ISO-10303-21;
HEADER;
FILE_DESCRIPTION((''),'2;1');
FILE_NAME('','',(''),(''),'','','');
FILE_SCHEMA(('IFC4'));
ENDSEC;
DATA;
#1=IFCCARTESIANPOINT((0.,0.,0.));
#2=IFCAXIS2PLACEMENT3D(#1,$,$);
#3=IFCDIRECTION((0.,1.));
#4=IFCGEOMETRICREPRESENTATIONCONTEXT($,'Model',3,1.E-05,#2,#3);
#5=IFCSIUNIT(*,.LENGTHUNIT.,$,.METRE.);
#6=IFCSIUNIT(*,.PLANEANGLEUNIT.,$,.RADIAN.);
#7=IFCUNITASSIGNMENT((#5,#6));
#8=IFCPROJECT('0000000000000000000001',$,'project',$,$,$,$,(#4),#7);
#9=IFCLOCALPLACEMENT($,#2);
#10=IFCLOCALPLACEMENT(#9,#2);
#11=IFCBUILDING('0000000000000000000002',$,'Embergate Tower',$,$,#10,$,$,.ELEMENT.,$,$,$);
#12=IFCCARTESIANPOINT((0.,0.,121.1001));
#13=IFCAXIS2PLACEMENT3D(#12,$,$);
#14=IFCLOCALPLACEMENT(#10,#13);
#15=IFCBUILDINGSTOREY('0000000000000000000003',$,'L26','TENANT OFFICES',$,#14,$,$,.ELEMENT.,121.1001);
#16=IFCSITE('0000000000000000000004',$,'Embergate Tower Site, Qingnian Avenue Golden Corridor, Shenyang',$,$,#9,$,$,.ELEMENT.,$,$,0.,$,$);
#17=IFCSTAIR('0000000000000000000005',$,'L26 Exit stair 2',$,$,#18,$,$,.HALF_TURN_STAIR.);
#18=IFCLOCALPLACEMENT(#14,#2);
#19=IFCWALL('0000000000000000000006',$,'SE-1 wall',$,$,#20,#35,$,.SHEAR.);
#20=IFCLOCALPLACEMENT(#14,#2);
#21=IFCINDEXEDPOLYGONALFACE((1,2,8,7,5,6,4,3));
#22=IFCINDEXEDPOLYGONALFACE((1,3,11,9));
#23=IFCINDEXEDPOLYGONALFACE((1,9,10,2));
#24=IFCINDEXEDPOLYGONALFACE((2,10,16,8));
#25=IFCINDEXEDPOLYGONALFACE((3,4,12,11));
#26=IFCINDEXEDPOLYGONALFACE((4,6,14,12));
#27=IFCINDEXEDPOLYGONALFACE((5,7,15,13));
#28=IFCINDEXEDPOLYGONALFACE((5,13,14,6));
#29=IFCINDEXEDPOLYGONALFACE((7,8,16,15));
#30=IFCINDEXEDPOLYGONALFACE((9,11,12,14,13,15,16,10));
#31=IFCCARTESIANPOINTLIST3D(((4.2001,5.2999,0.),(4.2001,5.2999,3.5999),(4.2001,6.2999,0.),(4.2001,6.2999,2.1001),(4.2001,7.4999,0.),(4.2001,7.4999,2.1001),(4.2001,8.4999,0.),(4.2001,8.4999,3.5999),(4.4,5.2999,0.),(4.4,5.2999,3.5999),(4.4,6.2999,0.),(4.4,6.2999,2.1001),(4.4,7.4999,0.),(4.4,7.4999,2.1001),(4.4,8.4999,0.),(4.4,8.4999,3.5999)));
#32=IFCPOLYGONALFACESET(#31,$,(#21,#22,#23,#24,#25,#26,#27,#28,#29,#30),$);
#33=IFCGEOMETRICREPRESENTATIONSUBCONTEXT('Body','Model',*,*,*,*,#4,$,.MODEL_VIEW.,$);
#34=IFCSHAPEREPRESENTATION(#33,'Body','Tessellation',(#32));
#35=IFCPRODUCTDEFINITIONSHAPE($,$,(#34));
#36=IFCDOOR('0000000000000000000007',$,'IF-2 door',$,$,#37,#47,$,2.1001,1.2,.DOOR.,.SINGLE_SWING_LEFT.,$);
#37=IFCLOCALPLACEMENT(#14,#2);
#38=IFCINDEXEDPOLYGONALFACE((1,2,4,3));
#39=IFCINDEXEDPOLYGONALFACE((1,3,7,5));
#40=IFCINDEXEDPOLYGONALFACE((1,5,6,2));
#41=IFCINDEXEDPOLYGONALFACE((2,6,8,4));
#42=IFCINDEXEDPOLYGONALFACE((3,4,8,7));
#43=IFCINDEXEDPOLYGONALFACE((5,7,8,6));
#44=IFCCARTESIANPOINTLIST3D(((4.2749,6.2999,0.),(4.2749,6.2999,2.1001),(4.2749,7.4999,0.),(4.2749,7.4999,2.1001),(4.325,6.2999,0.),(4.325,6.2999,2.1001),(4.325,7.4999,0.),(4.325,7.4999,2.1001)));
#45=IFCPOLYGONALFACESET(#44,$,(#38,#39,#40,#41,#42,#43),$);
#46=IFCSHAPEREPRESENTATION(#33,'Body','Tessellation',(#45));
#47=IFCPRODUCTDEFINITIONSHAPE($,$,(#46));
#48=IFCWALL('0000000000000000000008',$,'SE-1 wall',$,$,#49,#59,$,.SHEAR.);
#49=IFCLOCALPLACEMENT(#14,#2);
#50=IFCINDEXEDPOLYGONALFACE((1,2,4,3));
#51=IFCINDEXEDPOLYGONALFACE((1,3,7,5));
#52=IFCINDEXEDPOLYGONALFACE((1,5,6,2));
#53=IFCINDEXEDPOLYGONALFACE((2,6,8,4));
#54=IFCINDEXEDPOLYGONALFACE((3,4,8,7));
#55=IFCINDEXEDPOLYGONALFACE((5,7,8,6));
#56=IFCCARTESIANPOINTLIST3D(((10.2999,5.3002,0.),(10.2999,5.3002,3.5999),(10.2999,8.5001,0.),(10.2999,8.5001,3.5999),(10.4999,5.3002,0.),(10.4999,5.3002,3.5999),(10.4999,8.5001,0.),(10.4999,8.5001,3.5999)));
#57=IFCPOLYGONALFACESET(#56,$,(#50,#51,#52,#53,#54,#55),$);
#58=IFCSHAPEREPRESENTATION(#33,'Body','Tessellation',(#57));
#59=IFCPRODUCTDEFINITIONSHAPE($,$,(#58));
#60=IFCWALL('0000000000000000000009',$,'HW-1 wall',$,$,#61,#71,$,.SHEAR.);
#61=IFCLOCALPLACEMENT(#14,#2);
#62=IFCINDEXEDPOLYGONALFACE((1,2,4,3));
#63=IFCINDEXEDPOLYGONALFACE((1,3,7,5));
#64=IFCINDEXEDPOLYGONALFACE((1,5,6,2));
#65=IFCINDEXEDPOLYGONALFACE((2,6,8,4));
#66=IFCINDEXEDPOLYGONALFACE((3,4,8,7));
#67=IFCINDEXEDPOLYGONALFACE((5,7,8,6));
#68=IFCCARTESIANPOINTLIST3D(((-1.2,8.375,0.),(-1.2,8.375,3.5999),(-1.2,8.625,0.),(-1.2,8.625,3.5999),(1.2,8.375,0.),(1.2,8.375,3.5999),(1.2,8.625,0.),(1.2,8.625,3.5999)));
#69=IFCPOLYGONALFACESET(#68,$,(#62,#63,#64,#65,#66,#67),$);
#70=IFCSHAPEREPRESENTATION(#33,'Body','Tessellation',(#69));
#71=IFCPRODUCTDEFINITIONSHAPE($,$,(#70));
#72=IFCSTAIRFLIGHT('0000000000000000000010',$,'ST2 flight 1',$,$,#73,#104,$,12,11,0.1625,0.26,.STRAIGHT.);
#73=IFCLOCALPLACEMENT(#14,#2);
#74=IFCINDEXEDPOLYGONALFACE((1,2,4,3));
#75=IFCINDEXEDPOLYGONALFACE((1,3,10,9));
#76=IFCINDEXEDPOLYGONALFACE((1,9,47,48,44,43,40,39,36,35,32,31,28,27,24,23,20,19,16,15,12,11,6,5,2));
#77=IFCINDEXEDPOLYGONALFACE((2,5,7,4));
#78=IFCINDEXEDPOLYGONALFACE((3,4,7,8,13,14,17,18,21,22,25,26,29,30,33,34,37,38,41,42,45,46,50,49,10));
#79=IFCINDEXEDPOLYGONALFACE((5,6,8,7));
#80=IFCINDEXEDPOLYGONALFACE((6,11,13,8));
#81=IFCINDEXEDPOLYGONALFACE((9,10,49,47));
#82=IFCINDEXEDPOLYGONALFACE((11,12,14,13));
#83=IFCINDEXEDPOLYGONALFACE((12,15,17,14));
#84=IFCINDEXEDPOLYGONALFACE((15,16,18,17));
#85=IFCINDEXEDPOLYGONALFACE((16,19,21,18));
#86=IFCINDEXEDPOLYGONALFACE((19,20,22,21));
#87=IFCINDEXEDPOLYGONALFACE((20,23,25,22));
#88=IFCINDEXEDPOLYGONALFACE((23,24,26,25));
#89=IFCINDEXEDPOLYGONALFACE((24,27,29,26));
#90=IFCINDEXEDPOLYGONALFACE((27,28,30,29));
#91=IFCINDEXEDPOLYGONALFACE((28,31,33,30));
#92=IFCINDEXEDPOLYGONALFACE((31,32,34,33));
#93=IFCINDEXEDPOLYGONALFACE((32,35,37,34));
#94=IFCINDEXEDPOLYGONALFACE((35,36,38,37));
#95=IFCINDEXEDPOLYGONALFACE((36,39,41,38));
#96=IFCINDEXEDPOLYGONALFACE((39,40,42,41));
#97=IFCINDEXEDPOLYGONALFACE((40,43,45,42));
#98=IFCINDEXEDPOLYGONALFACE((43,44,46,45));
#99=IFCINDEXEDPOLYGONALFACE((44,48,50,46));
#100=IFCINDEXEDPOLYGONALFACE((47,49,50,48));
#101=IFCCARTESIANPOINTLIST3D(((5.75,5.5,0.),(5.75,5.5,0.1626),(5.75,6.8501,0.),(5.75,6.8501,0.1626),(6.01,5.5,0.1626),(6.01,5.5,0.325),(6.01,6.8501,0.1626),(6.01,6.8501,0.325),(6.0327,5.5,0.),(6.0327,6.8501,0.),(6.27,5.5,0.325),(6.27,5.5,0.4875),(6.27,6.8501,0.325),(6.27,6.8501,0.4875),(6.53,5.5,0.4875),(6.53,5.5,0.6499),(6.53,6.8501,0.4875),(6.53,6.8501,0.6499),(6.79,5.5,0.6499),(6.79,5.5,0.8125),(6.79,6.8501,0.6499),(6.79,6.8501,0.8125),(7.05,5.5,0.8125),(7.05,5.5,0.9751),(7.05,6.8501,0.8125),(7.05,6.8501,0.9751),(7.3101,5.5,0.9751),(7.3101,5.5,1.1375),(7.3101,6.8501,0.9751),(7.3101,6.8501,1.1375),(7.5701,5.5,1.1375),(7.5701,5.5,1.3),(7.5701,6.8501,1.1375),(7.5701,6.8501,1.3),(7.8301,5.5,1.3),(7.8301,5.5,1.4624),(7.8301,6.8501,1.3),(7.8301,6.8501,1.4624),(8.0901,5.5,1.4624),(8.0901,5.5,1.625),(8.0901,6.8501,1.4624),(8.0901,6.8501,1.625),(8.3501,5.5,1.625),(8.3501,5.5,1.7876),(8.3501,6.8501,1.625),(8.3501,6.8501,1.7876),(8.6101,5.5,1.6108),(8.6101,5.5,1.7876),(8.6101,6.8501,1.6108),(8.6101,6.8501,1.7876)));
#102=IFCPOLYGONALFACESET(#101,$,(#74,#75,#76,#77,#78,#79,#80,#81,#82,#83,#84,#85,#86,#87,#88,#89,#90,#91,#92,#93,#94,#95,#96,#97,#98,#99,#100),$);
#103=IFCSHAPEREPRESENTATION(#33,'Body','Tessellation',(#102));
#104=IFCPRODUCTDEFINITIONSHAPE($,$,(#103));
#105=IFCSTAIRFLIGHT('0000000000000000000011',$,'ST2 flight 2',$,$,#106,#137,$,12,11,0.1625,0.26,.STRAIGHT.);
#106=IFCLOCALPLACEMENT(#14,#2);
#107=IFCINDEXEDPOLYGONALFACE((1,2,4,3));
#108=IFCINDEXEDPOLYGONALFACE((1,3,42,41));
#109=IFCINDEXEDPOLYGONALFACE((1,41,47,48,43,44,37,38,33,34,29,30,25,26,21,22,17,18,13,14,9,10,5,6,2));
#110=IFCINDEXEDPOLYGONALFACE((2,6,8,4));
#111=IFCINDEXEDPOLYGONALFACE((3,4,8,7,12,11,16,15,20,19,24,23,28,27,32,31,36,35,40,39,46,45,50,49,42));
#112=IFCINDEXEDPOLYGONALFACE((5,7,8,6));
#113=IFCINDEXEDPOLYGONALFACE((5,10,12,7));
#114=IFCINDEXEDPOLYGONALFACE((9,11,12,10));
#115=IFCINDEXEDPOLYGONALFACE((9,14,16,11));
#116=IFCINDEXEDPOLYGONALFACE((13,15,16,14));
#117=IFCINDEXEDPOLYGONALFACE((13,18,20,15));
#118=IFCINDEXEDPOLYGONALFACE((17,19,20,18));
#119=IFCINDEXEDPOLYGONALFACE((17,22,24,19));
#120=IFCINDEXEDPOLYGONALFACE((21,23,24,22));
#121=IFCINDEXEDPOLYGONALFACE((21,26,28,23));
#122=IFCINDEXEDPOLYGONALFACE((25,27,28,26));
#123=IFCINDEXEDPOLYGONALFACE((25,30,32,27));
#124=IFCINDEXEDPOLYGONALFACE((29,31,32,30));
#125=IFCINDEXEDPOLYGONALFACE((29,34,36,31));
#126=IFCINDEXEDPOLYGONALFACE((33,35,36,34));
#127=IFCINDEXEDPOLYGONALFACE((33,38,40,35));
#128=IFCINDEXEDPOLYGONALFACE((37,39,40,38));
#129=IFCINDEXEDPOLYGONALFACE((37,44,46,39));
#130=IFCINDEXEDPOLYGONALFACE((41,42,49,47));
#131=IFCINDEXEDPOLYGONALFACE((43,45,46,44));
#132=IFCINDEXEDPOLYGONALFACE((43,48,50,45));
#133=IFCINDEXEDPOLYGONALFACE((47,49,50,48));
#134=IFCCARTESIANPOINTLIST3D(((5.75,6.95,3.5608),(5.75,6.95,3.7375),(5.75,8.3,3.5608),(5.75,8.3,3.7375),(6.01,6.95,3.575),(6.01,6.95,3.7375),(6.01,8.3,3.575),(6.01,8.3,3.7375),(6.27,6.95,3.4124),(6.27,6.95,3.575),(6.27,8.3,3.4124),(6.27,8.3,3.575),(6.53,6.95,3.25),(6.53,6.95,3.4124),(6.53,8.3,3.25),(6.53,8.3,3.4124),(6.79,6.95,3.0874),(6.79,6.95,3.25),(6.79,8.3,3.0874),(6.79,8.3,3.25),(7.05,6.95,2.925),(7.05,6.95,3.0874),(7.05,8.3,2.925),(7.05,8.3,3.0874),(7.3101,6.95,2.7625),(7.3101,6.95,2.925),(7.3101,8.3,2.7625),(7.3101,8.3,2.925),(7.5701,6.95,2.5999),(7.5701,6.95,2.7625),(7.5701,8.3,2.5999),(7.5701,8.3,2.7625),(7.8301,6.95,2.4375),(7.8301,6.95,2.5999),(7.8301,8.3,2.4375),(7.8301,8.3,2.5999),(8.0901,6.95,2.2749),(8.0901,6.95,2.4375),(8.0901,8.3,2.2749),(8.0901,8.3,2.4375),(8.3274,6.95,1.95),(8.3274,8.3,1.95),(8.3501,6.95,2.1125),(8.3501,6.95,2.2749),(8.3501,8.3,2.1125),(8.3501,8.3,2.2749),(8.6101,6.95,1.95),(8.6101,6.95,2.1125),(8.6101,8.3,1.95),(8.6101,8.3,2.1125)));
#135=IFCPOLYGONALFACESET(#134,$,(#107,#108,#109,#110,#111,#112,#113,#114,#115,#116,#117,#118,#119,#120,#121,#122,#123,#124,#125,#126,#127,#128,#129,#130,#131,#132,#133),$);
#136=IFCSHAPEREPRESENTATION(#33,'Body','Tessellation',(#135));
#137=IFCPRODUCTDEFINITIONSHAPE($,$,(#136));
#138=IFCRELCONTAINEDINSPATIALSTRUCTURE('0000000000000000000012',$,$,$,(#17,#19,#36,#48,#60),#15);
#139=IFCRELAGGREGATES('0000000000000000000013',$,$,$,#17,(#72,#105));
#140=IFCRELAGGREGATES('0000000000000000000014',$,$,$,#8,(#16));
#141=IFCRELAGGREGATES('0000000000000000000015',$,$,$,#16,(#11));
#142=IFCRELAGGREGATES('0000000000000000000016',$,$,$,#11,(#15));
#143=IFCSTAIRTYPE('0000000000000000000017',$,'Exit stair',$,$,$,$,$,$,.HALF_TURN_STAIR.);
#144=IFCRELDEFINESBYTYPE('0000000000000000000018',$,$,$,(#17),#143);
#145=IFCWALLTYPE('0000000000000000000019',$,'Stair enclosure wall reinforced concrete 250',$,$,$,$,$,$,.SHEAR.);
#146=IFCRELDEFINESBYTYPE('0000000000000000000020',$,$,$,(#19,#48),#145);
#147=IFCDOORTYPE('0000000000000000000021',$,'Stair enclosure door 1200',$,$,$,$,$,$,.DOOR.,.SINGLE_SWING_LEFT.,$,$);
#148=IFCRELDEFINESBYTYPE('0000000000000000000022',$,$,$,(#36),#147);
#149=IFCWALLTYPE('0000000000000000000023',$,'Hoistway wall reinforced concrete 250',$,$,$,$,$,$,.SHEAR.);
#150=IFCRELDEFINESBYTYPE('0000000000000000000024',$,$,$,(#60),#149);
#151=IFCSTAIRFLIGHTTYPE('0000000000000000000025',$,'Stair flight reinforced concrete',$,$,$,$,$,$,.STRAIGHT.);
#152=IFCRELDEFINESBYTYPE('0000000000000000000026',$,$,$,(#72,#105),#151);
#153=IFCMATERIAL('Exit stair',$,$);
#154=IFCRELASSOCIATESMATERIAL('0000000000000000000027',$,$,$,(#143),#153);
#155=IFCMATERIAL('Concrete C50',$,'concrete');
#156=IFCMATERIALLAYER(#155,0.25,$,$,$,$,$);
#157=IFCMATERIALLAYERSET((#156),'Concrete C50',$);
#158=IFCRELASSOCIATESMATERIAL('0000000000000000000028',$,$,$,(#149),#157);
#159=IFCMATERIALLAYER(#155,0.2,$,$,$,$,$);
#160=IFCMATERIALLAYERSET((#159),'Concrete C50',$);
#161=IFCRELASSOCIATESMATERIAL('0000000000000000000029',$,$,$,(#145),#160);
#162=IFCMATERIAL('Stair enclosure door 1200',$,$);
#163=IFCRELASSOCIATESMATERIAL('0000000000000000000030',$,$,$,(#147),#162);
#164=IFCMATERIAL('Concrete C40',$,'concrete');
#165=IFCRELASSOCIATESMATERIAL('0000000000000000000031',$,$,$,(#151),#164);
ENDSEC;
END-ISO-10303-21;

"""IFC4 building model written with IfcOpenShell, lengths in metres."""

from ifc_helpers import new_model, si_unit, direction, frame, frame_2d, origin, place, context, subcontext, project, spatial, polyline, rectangle, outline, extrude, source, transform, mapped, material, layer, layer_set, type_object, element, fill, aggregate, save


model = new_model("IFC4")

# Units and contexts
model_context = context("Model", 3, precision=1e-05, world=origin(), true_north=direction((0.0, 1.0)))
body_context = subcontext(model_context, "Body", "Model", "MODEL_VIEW")
ifc_project = project(units=[si_unit("LENGTHUNIT", "METRE"), si_unit("PLANEANGLEUNIT", "RADIAN")], contexts=[model_context])

# Site, building, storey
site_placement = place(None, origin())
site = spatial("IfcSite", under=ifc_project, at=site_placement, Name="Embergate Tower Site, Qingnian Avenue Golden Corridor, Shenyang", CompositionType="ELEMENT", RefElevation=0.0)
building_placement = place(site_placement, origin())
building = spatial("IfcBuilding", under=site, at=building_placement, Name="Embergate Tower", CompositionType="ELEMENT")
storey_placement = place(building_placement, frame((0.0, 0.0, 121.1001)))
storey = spatial("IfcBuildingStorey", under=building, at=storey_placement, Name="L26", Description="TENANT OFFICES", CompositionType="ELEMENT", Elevation=121.1001)

# Stair
ifc_material_1 = material(Name="Exit stair")
stair_type = type_object("IfcStairType", Name="Exit stair", PredefinedType="HALF_TURN_STAIR", material=ifc_material_1)
stair_placement = place(storey_placement, origin())
stair = element("IfcStair", 1, at=stair_placement, inside=storey, type_object=stair_type, Name="L26 Exit stair 2", PredefinedType="HALF_TURN_STAIR")
ifc_material_2 = material(Name="Concrete C40", Category="concrete")

# Shared definitions
shared_shape_1 = source(origin(), body_context, "Body", "SweptSolid", [
    extrude(rectangle(XDim=1.2, YDim=2.1001, at=frame_2d((0.6001, 1.05))), frame((0.0, 0.0249, 0.0), z_axis=(0.0, -1.0, 0.0), x_axis=(1.0, 0.0, 0.0)), (0.0, 0.0, 1.0), 0.05),
])

# Shared definitions
ifc_material_3 = material(Name="Concrete C50", Category="concrete")
ifc_layer_1 = layer(ifc_material_3, 0.25)
ifc_layer_set_1 = layer_set([ifc_layer_1], Name="Concrete C50")
wall_type_1 = type_object("IfcWallType", Name="Hoistway wall reinforced concrete 250", PredefinedType="SHEAR", material=ifc_layer_set_1)

# Shared definitions
ifc_layer_2 = layer(ifc_material_3, 0.2)
ifc_layer_set_2 = layer_set([ifc_layer_2], Name="Concrete C50")
wall_type_2 = type_object("IfcWallType", Name="Stair enclosure wall reinforced concrete 250", PredefinedType="SHEAR", material=ifc_layer_set_2)

# Wall, opening, door
shared_shape_2 = source(origin(), body_context, "Body", "SweptSolid", [
    extrude(rectangle(XDim=3.2, YDim=0.2, at=frame_2d((1.6001, 0.0))), origin(), (0.0, 0.0, 1.0), 3.5999),
])
wall_1_placement = place(storey_placement, frame((4.3, 8.5, 0.0), z_axis=(0.0, 0.0, 1.0), x_axis=(0.0, -1.0, 0.0)))
wall_1 = element("IfcWall", 2, at=wall_1_placement, inside=storey, type_object=wall_type_2, Name="SE-1 wall", PredefinedType="SHEAR", context=body_context, shape_type="MappedRepresentation", body=[
    mapped(shared_shape_2, transform((0.0, 0.0, 0.0))),
])
shared_shape_3 = source(origin(), body_context, "Body", "SweptSolid", [
    extrude(rectangle(XDim=1.2, YDim=2.1001, at=frame_2d((0.6001, 1.05))), frame((0.0, 0.1099, 0.0), z_axis=(0.0, -1.0, 0.0), x_axis=(1.0, 0.0, 0.0)), (0.0, 0.0, 1.0), 0.22),
])
opening_1_placement = place(wall_1_placement, frame((1.0, 0.0, 0.0)))
opening_1 = element("IfcOpeningElement", 3, at=opening_1_placement, cuts=wall_1, PredefinedType="OPENING", context=body_context, shape_type="MappedRepresentation", body=[
    mapped(shared_shape_3, transform((0.0, 0.0, 0.0))),
])
ifc_material_4 = material(Name="Stair enclosure door 1200")
door_type_1 = type_object("IfcDoorType", Name="Stair enclosure door 1200", OperationType="SINGLE_SWING_LEFT", PredefinedType="DOOR", material=ifc_material_4)
door_1_placement = place(opening_1_placement, origin())
door_1 = element("IfcDoor", 4, at=door_1_placement, inside=storey, type_object=door_type_1, Name="IF-2 door", OperationType="SINGLE_SWING_LEFT", OverallHeight=2.1001, OverallWidth=1.2, PredefinedType="DOOR", context=body_context, shape_type="MappedRepresentation", body=[
    mapped(shared_shape_1, transform((0.0, 0.0, 0.0))),
])
fill(opening_1, door_1)

# Walls
wall_2_placement = place(storey_placement, frame((10.3999, 5.3, 0.0), z_axis=(0.0, 0.0, 1.0), x_axis=(0.0, 1.0, 0.0)))
element("IfcWall", 5, at=wall_2_placement, inside=storey, type_object=wall_type_2, Name="SE-1 wall", PredefinedType="SHEAR", context=body_context, shape_type="MappedRepresentation", body=[
    mapped(shared_shape_2, transform((0.0, 0.0, 0.0))),
])
shared_shape_4 = source(origin(), body_context, "Body", "SweptSolid", [
    extrude(rectangle(XDim=2.3999, YDim=0.25, at=frame_2d((1.2, 0.0))), origin(), (0.0, 0.0, 1.0), 3.5999),
])
wall_3_placement = place(storey_placement, frame((1.2, 8.5, 0.0), z_axis=(0.0, 0.0, 1.0), x_axis=(-1.0, 0.0, 0.0)))
element("IfcWall", 6, at=wall_3_placement, inside=storey, type_object=wall_type_1, Name="HW-1 wall", PredefinedType="SHEAR", context=body_context, shape_type="MappedRepresentation", body=[
    mapped(shared_shape_4, transform((0.0, 0.0, 0.0))),
])

# Stair flights
stair_flight_type = type_object("IfcStairFlightType", Name="Stair flight reinforced concrete", PredefinedType="STRAIGHT", material=ifc_material_2)
shared_shape_5 = source(origin(), body_context, "Body", "SweptSolid", [
    extrude(outline(polyline([(0.0, 0.0), (0.0, 0.1626), (0.26, 0.1626), (0.26, 0.325), (0.52, 0.325), (0.52, 0.4875), (0.78, 0.4875), (0.78, 0.6499), (1.04, 0.6499), (1.04, 0.8125), (1.3, 0.8125), (1.3, 0.9751), (1.5601, 0.9751), (1.5601, 1.1375), (1.8201, 1.1375), (1.8201, 1.3), (2.0801, 1.3), (2.0801, 1.4624), (2.3401, 1.4624), (2.3401, 1.625), (2.6001, 1.625), (2.6001, 1.7876), (2.8601, 1.7876), (2.8601, 1.95), (2.8601, 1.6108), (0.2827, 0.0), (0.0, 0.0)])), frame((0.0, 0.675, 0.0), z_axis=(0.0, -1.0, 0.0), x_axis=(1.0, 0.0, 0.0)), (0.0, 0.0, 1.0), 1.3501),
])
stair_flight_1_placement = place(storey_placement, frame((5.75, 6.175, 0.0), z_axis=(0.0, 0.0, 1.0), x_axis=(1.0, 0.0, 0.0)))
stair_flight_1 = element("IfcStairFlight", 7, at=stair_flight_1_placement, type_object=stair_flight_type, Name="ST2 flight 1", NumberOfRisers=12, NumberOfTreads=11, PredefinedType="STRAIGHT", RiserHeight=0.1625, TreadLength=0.26, context=body_context, shape_type="MappedRepresentation", body=[
    mapped(shared_shape_5, transform((0.0, 0.0, 0.0))),
])
stair_flight_2_placement = place(storey_placement, frame((8.6101, 7.625, 1.95), z_axis=(0.0, 0.0, 1.0), x_axis=(-1.0, 0.0, 0.0)))
stair_flight_2 = element("IfcStairFlight", 8, at=stair_flight_2_placement, type_object=stair_flight_type, Name="ST2 flight 2", NumberOfRisers=12, NumberOfTreads=11, PredefinedType="STRAIGHT", RiserHeight=0.1625, TreadLength=0.26, context=body_context, shape_type="MappedRepresentation", body=[
    mapped(shared_shape_5, transform((0.0, 0.0, 0.0))),
])
aggregate(stair, [stair_flight_1, stair_flight_2])

save(model, "model.ifc")
